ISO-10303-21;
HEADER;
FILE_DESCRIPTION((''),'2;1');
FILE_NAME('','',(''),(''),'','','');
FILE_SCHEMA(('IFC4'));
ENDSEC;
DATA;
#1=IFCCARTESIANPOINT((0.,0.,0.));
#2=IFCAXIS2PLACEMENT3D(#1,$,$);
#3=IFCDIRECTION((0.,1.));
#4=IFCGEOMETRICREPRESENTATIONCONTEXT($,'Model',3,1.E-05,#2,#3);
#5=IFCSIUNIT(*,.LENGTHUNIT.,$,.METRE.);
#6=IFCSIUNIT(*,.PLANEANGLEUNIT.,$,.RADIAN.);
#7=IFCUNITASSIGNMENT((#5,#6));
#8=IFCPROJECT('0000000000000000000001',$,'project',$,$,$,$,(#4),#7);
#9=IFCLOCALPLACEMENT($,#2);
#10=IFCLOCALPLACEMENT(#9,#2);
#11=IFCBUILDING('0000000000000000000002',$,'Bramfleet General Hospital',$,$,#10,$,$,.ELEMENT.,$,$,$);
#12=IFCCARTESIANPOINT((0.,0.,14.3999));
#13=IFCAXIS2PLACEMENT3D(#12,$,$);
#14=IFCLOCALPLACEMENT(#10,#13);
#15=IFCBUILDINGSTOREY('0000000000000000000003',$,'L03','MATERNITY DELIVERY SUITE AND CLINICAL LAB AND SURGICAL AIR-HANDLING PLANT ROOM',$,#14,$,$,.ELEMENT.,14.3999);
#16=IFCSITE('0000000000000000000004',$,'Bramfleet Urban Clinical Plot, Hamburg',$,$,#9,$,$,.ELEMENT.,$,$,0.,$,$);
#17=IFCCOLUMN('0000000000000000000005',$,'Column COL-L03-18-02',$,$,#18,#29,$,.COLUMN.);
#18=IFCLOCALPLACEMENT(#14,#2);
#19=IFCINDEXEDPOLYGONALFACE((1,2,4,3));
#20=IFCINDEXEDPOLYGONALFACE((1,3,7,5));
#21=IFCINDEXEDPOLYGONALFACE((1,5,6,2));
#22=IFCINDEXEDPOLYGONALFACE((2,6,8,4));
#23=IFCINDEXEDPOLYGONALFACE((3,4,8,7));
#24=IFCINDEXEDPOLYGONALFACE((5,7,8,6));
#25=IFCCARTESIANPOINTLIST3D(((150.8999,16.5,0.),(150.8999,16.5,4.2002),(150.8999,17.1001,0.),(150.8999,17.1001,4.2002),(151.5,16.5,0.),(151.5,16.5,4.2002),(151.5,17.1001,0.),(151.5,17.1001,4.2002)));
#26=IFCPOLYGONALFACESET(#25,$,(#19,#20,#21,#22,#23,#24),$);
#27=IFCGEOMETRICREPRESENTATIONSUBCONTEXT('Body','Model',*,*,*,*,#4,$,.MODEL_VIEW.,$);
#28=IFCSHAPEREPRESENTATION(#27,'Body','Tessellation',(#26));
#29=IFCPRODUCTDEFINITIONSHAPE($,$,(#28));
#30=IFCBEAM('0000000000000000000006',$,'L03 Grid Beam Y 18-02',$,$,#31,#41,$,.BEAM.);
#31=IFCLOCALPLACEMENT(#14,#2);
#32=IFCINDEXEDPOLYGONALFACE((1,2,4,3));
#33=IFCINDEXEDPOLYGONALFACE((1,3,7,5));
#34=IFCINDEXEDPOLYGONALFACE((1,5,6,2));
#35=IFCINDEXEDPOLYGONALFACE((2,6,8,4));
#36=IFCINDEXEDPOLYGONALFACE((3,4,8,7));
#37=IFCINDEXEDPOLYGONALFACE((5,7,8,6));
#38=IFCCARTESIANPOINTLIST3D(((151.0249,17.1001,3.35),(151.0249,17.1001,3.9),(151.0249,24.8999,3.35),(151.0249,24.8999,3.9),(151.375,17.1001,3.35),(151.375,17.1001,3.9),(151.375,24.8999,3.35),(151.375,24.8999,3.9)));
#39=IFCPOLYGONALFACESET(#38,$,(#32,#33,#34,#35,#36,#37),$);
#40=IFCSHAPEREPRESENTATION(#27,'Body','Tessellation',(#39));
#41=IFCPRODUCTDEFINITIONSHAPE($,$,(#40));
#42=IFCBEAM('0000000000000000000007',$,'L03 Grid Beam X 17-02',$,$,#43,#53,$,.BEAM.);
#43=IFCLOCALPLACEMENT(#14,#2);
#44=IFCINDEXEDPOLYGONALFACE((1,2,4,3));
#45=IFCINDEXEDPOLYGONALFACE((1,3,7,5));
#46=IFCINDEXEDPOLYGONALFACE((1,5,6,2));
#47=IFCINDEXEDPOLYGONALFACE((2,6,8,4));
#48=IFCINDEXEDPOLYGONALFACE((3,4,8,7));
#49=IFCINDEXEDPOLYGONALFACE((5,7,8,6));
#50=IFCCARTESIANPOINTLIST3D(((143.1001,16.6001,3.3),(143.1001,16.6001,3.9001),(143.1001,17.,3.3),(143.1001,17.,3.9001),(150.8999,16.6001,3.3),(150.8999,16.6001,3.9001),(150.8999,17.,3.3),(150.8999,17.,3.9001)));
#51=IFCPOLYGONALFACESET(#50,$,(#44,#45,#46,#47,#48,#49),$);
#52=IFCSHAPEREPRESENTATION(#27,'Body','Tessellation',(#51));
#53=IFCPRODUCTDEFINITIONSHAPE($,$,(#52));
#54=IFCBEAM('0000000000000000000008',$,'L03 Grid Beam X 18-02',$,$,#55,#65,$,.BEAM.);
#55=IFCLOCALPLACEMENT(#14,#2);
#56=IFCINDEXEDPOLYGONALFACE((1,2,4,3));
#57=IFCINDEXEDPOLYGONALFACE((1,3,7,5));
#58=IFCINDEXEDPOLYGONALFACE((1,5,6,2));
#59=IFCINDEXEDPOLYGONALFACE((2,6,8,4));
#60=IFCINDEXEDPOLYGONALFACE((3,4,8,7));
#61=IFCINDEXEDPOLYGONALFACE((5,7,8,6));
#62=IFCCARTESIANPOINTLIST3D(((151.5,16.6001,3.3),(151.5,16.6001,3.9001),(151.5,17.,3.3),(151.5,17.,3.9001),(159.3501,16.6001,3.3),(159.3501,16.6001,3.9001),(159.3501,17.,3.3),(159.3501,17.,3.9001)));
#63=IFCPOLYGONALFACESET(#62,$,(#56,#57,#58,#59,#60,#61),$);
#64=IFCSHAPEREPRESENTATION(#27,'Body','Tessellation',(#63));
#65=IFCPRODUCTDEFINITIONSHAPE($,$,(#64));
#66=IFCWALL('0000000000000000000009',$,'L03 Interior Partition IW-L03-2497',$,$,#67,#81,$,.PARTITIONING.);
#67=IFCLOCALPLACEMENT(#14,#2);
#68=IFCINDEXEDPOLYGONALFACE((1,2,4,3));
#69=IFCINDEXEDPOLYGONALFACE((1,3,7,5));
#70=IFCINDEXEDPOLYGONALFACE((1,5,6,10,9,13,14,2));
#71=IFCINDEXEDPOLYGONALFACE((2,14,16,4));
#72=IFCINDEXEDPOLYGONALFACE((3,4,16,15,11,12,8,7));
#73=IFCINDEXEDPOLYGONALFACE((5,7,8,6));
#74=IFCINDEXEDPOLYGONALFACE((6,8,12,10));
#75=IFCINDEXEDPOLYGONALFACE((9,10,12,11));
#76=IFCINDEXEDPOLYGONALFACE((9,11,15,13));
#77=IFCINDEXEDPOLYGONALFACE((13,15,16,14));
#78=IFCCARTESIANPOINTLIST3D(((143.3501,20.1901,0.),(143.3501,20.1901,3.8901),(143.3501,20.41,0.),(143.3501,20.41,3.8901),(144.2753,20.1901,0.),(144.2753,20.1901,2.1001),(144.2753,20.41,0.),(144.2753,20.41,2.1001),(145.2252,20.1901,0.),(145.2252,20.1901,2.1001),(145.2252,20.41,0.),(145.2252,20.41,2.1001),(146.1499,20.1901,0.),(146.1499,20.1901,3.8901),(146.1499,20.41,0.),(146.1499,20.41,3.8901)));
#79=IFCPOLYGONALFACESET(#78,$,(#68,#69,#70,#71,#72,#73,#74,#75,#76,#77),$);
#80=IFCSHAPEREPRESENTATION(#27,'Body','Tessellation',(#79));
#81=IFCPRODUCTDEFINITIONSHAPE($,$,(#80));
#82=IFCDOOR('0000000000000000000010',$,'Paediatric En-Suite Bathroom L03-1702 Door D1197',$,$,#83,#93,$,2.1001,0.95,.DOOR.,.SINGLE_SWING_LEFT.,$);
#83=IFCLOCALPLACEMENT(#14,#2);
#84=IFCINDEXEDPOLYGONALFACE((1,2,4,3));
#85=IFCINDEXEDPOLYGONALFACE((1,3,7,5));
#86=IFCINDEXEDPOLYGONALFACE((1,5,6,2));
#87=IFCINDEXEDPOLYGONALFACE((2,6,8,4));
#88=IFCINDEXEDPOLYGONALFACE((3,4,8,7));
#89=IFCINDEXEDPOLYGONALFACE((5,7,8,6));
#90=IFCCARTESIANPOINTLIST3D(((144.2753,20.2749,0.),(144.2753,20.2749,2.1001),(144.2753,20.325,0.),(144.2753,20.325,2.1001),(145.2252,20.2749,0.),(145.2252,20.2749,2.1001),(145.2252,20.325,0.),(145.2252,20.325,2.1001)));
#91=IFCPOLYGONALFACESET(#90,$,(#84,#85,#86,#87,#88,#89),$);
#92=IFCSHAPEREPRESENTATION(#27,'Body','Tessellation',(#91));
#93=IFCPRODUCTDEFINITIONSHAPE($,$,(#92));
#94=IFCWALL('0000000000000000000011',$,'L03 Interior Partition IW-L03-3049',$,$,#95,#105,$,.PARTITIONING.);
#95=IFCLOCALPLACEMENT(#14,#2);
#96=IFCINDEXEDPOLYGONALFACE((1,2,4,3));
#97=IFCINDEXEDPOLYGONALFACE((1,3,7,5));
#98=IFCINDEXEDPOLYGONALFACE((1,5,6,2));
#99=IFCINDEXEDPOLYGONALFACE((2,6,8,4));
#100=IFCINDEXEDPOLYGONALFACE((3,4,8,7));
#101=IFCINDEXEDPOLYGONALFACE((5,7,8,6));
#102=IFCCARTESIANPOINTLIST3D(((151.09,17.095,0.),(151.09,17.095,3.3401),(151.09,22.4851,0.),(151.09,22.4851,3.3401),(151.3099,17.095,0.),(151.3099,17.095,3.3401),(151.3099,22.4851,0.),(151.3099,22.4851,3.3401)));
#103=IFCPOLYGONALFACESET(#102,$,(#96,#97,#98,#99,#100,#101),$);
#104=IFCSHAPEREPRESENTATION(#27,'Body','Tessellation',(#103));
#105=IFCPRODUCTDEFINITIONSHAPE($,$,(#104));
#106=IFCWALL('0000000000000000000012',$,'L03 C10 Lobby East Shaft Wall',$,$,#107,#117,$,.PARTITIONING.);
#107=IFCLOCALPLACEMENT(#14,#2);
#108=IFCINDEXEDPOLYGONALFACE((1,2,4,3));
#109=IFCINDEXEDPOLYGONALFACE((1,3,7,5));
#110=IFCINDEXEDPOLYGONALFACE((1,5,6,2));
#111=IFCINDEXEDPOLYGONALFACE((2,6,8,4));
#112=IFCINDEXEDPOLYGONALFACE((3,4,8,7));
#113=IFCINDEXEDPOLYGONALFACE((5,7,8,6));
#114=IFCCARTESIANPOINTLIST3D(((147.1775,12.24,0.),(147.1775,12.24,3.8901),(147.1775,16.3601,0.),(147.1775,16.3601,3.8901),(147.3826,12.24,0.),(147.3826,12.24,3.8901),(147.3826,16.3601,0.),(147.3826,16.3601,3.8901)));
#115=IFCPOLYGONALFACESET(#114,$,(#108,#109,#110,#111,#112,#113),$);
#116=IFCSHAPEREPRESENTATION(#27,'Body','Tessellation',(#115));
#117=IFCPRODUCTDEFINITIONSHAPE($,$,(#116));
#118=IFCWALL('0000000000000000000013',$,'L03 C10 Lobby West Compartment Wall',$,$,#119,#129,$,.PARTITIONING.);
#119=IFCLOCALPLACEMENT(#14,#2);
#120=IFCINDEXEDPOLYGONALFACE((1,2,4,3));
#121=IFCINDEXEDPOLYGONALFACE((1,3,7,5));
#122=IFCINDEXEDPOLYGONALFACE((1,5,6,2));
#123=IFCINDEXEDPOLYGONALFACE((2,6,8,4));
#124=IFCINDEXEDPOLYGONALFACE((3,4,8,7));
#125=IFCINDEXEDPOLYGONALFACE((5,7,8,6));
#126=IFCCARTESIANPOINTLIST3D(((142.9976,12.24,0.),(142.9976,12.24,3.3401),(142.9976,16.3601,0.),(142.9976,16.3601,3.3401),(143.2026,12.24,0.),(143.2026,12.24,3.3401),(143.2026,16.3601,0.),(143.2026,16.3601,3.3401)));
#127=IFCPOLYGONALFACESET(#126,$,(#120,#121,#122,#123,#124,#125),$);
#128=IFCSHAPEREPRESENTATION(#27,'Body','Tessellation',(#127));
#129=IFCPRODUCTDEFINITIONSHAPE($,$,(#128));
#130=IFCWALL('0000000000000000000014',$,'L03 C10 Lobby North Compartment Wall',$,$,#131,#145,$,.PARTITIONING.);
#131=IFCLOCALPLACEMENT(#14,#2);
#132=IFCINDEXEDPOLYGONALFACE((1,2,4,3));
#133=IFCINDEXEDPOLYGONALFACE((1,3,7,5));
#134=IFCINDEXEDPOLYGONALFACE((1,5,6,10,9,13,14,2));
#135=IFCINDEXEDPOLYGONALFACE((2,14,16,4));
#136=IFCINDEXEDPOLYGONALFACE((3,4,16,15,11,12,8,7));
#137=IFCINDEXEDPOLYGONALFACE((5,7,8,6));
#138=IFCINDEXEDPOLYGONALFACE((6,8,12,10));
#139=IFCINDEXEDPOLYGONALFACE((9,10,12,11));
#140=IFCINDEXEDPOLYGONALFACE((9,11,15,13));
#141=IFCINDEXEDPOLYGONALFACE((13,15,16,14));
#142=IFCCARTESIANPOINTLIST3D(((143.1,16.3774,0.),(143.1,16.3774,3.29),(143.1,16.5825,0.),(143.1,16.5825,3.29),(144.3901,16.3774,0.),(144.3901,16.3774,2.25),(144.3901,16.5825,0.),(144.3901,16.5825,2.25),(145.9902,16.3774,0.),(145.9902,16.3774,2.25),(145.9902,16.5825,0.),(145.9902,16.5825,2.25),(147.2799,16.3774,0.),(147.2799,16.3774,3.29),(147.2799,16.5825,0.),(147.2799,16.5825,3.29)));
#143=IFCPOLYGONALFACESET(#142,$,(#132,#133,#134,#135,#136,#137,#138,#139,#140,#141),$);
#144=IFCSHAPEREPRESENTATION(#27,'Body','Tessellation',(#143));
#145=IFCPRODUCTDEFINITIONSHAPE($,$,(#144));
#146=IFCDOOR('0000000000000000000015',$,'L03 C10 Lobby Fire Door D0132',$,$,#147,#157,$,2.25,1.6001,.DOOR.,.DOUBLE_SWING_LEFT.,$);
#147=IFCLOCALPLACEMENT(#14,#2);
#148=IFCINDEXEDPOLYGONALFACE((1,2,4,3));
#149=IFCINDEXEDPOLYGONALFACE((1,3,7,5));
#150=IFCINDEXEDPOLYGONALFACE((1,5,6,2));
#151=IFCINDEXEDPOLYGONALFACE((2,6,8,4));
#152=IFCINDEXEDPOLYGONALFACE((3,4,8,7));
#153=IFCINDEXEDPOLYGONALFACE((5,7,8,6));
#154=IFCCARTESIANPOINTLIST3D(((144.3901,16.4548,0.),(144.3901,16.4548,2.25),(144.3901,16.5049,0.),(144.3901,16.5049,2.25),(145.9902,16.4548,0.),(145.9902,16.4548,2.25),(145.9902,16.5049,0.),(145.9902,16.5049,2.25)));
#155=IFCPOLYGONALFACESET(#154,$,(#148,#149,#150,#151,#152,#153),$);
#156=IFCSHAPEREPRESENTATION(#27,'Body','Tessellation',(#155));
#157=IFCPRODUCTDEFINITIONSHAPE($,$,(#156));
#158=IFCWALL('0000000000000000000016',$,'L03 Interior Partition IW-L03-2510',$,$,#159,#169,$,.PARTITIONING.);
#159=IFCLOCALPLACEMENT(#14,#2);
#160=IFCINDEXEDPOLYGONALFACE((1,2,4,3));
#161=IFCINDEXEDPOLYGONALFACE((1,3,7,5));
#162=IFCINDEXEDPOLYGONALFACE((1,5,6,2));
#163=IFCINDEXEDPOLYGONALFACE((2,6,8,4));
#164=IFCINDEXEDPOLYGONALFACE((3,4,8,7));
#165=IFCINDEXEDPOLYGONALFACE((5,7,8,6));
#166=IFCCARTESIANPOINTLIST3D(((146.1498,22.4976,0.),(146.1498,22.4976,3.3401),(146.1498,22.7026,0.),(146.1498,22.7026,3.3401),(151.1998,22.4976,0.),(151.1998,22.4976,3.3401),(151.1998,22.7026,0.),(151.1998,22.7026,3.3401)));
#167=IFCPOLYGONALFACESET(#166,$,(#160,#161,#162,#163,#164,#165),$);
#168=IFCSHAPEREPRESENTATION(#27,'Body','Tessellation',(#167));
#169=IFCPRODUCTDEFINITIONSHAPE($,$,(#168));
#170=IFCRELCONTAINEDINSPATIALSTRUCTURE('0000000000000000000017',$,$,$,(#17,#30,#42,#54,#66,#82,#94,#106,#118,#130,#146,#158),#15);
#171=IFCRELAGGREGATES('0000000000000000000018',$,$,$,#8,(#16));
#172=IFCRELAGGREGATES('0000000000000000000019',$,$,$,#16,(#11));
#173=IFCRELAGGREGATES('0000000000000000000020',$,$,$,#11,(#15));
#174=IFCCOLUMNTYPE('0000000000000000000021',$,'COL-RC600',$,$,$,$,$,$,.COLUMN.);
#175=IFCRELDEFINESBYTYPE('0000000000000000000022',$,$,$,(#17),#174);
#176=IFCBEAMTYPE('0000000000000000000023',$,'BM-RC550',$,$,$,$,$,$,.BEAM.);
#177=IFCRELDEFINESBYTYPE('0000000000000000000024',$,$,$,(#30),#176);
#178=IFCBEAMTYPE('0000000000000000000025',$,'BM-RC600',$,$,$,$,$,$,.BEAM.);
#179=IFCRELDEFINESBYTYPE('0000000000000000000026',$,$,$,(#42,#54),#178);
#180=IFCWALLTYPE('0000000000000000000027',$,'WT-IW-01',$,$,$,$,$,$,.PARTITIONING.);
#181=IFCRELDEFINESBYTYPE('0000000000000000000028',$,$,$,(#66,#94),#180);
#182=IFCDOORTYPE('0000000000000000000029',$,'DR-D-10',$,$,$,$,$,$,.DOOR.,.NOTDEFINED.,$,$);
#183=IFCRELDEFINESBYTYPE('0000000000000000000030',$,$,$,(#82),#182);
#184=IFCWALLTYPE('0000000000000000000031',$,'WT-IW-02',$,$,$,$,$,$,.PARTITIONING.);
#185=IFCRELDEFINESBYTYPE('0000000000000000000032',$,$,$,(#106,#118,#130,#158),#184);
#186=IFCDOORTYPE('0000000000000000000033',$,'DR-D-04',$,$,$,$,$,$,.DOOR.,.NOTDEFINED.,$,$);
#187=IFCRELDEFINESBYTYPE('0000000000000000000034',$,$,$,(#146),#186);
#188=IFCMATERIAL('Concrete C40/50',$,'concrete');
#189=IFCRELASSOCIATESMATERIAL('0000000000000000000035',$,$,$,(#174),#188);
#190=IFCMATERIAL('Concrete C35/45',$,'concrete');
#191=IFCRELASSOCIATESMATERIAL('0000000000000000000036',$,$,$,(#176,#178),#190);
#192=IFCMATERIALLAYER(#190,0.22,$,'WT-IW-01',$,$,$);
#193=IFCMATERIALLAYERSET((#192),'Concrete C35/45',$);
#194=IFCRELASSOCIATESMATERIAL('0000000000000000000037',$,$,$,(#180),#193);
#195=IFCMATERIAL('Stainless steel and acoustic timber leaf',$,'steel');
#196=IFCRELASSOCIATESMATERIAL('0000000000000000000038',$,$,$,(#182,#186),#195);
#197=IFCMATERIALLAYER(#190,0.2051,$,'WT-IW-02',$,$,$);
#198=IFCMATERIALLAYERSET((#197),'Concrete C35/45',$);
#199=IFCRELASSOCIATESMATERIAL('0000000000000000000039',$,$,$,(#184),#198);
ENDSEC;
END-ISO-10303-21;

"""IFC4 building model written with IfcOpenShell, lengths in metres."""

from ifc_helpers import new_model, si_unit, direction, frame, frame_2d, origin, origin_2d, place, context, subcontext, project, spatial, rectangle, extrude, material, layer, layer_set, material_profile, profile_set, type_object, element, fill, save


model = new_model("IFC4")

# Units and contexts
model_context = context("Model", 3, precision=1e-05, world=origin(), true_north=direction((0.0, 1.0)))
body_context = subcontext(model_context, "Body", "Model", "MODEL_VIEW")
ifc_project = project(units=[si_unit("LENGTHUNIT", "METRE"), si_unit("PLANEANGLEUNIT", "RADIAN")], contexts=[model_context])

# Site, building, storey
site_placement = place(None, origin())
site = spatial("IfcSite", under=ifc_project, at=site_placement, Name="Bramfleet Urban Clinical Plot, Hamburg", CompositionType="ELEMENT", RefElevation=0.0)
building_placement = place(site_placement, origin())
building = spatial("IfcBuilding", under=site, at=building_placement, Name="Bramfleet General Hospital", CompositionType="ELEMENT")
storey_placement = place(building_placement, frame((0.0, 0.0, 14.3999)))
storey = spatial("IfcBuildingStorey", under=building, at=storey_placement, Name="L03", Description="MATERNITY DELIVERY SUITE AND CLINICAL LAB AND SURGICAL AIR-HANDLING PLANT ROOM", CompositionType="ELEMENT", Elevation=14.3999)

# Column
ifc_material_1 = material(Name="Concrete C40/50", Category="concrete")
ifc_material_profile_1 = material_profile(ifc_material_1, rectangle(XDim=0.6001, YDim=0.6001, at=origin_2d()), Name="RC COL 600x600")
ifc_profile_set_1 = profile_set([ifc_material_profile_1], Name="Concrete C40/50")
column_type = type_object("IfcColumnType", Name="COL-RC600", PredefinedType="COLUMN", material=ifc_profile_set_1)
column_placement = place(storey_placement, frame((151.2, 16.8, 0.0), z_axis=(0.0, 0.0, 1.0), x_axis=(1.0, 0.0, 0.0)))
element("IfcColumn", 1, at=column_placement, inside=storey, type_object=column_type, Name="Column COL-L03-18-02", PredefinedType="COLUMN", context=body_context, shape_type="SweptSolid", body=[
    extrude(rectangle(XDim=0.6001, YDim=0.6001, at=origin_2d()), origin(), (0.0, 0.0, 1.0), 4.2002),
])

# Beams
ifc_material_2 = material(Name="Concrete C35/45", Category="concrete")
ifc_material_profile_2 = material_profile(ifc_material_2, rectangle(XDim=0.3501, YDim=0.55, at=origin_2d()), Name="RC BM 550x350")
ifc_profile_set_2 = profile_set([ifc_material_profile_2], Name="Concrete C35/45")
beam_type_1 = type_object("IfcBeamType", Name="BM-RC550", PredefinedType="BEAM", material=ifc_profile_set_2)
beam_1_placement = place(storey_placement, frame((151.2, 17.1001, 3.625), z_axis=(0.0, 1.0, 0.0), x_axis=(-1.0, 0.0, 0.0)))
element("IfcBeam", 2, at=beam_1_placement, inside=storey, type_object=beam_type_1, Name="L03 Grid Beam Y 18-02", PredefinedType="BEAM", context=body_context, shape_type="SweptSolid", body=[
    extrude(rectangle(XDim=0.3501, YDim=0.55, at=origin_2d()), origin(), (0.0, 0.0, 1.0), 7.7998),
])
ifc_material_profile_3 = material_profile(ifc_material_2, rectangle(XDim=0.3999, YDim=0.6001, at=origin_2d()), Name="RC BM 600x400")
ifc_profile_set_3 = profile_set([ifc_material_profile_3], Name="Concrete C35/45")
beam_type_2 = type_object("IfcBeamType", Name="BM-RC600", PredefinedType="BEAM", material=ifc_profile_set_3)
beam_2_placement = place(storey_placement, frame((143.1001, 16.8, 3.6001), z_axis=(1.0, 0.0, 0.0), x_axis=(0.0, 1.0, 0.0)))
element("IfcBeam", 3, at=beam_2_placement, inside=storey, type_object=beam_type_2, Name="L03 Grid Beam X 17-02", PredefinedType="BEAM", context=body_context, shape_type="SweptSolid", body=[
    extrude(rectangle(XDim=0.3999, YDim=0.6001, at=origin_2d()), origin(), (0.0, 0.0, 1.0), 7.7998),
])
beam_3_placement = place(storey_placement, frame((151.5, 16.8, 3.6001), z_axis=(1.0, 0.0, 0.0), x_axis=(0.0, 1.0, 0.0)))
element("IfcBeam", 4, at=beam_3_placement, inside=storey, type_object=beam_type_2, Name="L03 Grid Beam X 18-02", PredefinedType="BEAM", context=body_context, shape_type="SweptSolid", body=[
    extrude(rectangle(XDim=0.3999, YDim=0.6001, at=origin_2d()), origin(), (0.0, 0.0, 1.0), 7.8501),
])

# Wall, opening, door
ifc_layer_1 = layer(ifc_material_2, 0.22, Name="WT-IW-01")
ifc_layer_set_1 = layer_set([ifc_layer_1], Name="Concrete C35/45")
wall_type_1 = type_object("IfcWallType", Name="WT-IW-01", PredefinedType="PARTITIONING", material=ifc_layer_set_1)
wall_1_placement = place(storey_placement, frame((143.3501, 20.3, 0.0), z_axis=(0.0, 0.0, 1.0), x_axis=(1.0, 0.0, 0.0)))
wall_1 = element("IfcWall", 5, at=wall_1_placement, inside=storey, type_object=wall_type_1, Name="L03 Interior Partition IW-L03-2497", PredefinedType="PARTITIONING", context=body_context, shape_type="SweptSolid", body=[
    extrude(rectangle(XDim=2.7998, YDim=0.22, at=frame_2d((1.3999, 0.0))), origin(), (0.0, 0.0, 1.0), 3.8901),
])
opening_1_placement = place(wall_1_placement, frame((0.925, 0.0, 0.0)))
opening_1 = element("IfcOpeningElement", 6, at=opening_1_placement, cuts=wall_1, PredefinedType="OPENING", context=body_context, shape_type="SweptSolid", body=[
    extrude(rectangle(XDim=0.95, YDim=2.1001, at=frame_2d((0.4751, 1.05))), frame((0.0, 0.1199, 0.0), z_axis=(0.0, -1.0, 0.0), x_axis=(1.0, 0.0, 0.0)), (0.0, 0.0, 1.0), 0.24),
])
ifc_material_3 = material(Name="Stainless steel and acoustic timber leaf", Category="steel")
door_type_1 = type_object("IfcDoorType", Name="DR-D-10", OperationType="NOTDEFINED", PredefinedType="DOOR", material=ifc_material_3)
door_1_placement = place(opening_1_placement, origin())
door_1 = element("IfcDoor", 7, at=door_1_placement, inside=storey, type_object=door_type_1, Name="Paediatric En-Suite Bathroom L03-1702 Door D1197", OperationType="SINGLE_SWING_LEFT", OverallHeight=2.1001, OverallWidth=0.95, PredefinedType="DOOR", context=body_context, shape_type="SweptSolid", body=[
    extrude(rectangle(XDim=0.95, YDim=2.1001, at=frame_2d((0.4751, 1.05))), frame((0.0, 0.0249, 0.0), z_axis=(0.0, -1.0, 0.0), x_axis=(1.0, 0.0, 0.0)), (0.0, 0.0, 1.0), 0.05),
])
fill(opening_1, door_1)

# Walls
wall_2_placement = place(storey_placement, frame((151.2, 17.095, 0.0), z_axis=(0.0, 0.0, 1.0), x_axis=(0.0, 1.0, 0.0)))
element("IfcWall", 8, at=wall_2_placement, inside=storey, type_object=wall_type_1, Name="L03 Interior Partition IW-L03-3049", PredefinedType="PARTITIONING", context=body_context, shape_type="SweptSolid", body=[
    extrude(rectangle(XDim=5.3901, YDim=0.22, at=frame_2d((2.6951, 0.0))), origin(), (0.0, 0.0, 1.0), 3.3401),
])
ifc_layer_2 = layer(ifc_material_2, 0.2051, Name="WT-IW-02")
ifc_layer_set_2 = layer_set([ifc_layer_2], Name="Concrete C35/45")
wall_type_2 = type_object("IfcWallType", Name="WT-IW-02", PredefinedType="PARTITIONING", material=ifc_layer_set_2)
wall_3_placement = place(storey_placement, frame((147.28, 12.24, 0.0), z_axis=(0.0, 0.0, 1.0), x_axis=(0.0, 1.0, 0.0)))
element("IfcWall", 9, at=wall_3_placement, inside=storey, type_object=wall_type_2, Name="L03 C10 Lobby East Shaft Wall", PredefinedType="PARTITIONING", context=body_context, shape_type="SweptSolid", body=[
    extrude(rectangle(XDim=4.1201, YDim=0.2051, at=frame_2d((2.0601, 0.0))), origin(), (0.0, 0.0, 1.0), 3.8901),
])
wall_4_placement = place(storey_placement, frame((143.1001, 12.24, 0.0), z_axis=(0.0, 0.0, 1.0), x_axis=(0.0, 1.0, 0.0)))
element("IfcWall", 10, at=wall_4_placement, inside=storey, type_object=wall_type_2, Name="L03 C10 Lobby West Compartment Wall", PredefinedType="PARTITIONING", context=body_context, shape_type="SweptSolid", body=[
    extrude(rectangle(XDim=4.1201, YDim=0.2051, at=frame_2d((2.0601, 0.0))), origin(), (0.0, 0.0, 1.0), 3.3401),
])

# Wall, opening, door
wall_5_placement = place(storey_placement, frame((143.1001, 16.48, 0.0), z_axis=(0.0, 0.0, 1.0), x_axis=(1.0, 0.0, 0.0)))
wall_5 = element("IfcWall", 11, at=wall_5_placement, inside=storey, type_object=wall_type_2, Name="L03 C10 Lobby North Compartment Wall", PredefinedType="PARTITIONING", context=body_context, shape_type="SweptSolid", body=[
    extrude(rectangle(XDim=4.1799, YDim=0.2051, at=frame_2d((2.0898, 0.0))), origin(), (0.0, 0.0, 1.0), 3.29),
])
opening_2_placement = place(wall_5_placement, frame((1.29, 0.0, 0.0)))
opening_2 = element("IfcOpeningElement", 12, at=opening_2_placement, cuts=wall_5, PredefinedType="OPENING", context=body_context, shape_type="SweptSolid", body=[
    extrude(rectangle(XDim=1.6001, YDim=2.25, at=frame_2d((0.8, 1.125))), frame((0.0, 0.1125, 0.0), z_axis=(0.0, -1.0, 0.0), x_axis=(1.0, 0.0, 0.0)), (0.0, 0.0, 1.0), 0.2251),
])
door_type_2 = type_object("IfcDoorType", Name="DR-D-04", OperationType="NOTDEFINED", PredefinedType="DOOR", material=ifc_material_3)
door_2_placement = place(opening_2_placement, origin())
door_2 = element("IfcDoor", 13, at=door_2_placement, inside=storey, type_object=door_type_2, Name="L03 C10 Lobby Fire Door D0132", OperationType="DOUBLE_SWING_LEFT", OverallHeight=2.25, OverallWidth=1.6001, PredefinedType="DOOR", context=body_context, shape_type="SweptSolid", body=[
    extrude(rectangle(XDim=1.6001, YDim=2.25, at=frame_2d((0.8, 1.125))), frame((0.0, 0.0249, 0.0), z_axis=(0.0, -1.0, 0.0), x_axis=(1.0, 0.0, 0.0)), (0.0, 0.0, 1.0), 0.05),
])
fill(opening_2, door_2)

# Wall
wall_6_placement = place(storey_placement, frame((146.1499, 22.6001, 0.0), z_axis=(0.0, 0.0, 1.0), x_axis=(1.0, 0.0, 0.0)))
element("IfcWall", 14, at=wall_6_placement, inside=storey, type_object=wall_type_2, Name="L03 Interior Partition IW-L03-2510", PredefinedType="PARTITIONING", context=body_context, shape_type="SweptSolid", body=[
    extrude(rectangle(XDim=5.05, YDim=0.2051, at=frame_2d((2.5249, 0.0))), origin(), (0.0, 0.0, 1.0), 3.3401),
])

save(model, "model.ifc")
